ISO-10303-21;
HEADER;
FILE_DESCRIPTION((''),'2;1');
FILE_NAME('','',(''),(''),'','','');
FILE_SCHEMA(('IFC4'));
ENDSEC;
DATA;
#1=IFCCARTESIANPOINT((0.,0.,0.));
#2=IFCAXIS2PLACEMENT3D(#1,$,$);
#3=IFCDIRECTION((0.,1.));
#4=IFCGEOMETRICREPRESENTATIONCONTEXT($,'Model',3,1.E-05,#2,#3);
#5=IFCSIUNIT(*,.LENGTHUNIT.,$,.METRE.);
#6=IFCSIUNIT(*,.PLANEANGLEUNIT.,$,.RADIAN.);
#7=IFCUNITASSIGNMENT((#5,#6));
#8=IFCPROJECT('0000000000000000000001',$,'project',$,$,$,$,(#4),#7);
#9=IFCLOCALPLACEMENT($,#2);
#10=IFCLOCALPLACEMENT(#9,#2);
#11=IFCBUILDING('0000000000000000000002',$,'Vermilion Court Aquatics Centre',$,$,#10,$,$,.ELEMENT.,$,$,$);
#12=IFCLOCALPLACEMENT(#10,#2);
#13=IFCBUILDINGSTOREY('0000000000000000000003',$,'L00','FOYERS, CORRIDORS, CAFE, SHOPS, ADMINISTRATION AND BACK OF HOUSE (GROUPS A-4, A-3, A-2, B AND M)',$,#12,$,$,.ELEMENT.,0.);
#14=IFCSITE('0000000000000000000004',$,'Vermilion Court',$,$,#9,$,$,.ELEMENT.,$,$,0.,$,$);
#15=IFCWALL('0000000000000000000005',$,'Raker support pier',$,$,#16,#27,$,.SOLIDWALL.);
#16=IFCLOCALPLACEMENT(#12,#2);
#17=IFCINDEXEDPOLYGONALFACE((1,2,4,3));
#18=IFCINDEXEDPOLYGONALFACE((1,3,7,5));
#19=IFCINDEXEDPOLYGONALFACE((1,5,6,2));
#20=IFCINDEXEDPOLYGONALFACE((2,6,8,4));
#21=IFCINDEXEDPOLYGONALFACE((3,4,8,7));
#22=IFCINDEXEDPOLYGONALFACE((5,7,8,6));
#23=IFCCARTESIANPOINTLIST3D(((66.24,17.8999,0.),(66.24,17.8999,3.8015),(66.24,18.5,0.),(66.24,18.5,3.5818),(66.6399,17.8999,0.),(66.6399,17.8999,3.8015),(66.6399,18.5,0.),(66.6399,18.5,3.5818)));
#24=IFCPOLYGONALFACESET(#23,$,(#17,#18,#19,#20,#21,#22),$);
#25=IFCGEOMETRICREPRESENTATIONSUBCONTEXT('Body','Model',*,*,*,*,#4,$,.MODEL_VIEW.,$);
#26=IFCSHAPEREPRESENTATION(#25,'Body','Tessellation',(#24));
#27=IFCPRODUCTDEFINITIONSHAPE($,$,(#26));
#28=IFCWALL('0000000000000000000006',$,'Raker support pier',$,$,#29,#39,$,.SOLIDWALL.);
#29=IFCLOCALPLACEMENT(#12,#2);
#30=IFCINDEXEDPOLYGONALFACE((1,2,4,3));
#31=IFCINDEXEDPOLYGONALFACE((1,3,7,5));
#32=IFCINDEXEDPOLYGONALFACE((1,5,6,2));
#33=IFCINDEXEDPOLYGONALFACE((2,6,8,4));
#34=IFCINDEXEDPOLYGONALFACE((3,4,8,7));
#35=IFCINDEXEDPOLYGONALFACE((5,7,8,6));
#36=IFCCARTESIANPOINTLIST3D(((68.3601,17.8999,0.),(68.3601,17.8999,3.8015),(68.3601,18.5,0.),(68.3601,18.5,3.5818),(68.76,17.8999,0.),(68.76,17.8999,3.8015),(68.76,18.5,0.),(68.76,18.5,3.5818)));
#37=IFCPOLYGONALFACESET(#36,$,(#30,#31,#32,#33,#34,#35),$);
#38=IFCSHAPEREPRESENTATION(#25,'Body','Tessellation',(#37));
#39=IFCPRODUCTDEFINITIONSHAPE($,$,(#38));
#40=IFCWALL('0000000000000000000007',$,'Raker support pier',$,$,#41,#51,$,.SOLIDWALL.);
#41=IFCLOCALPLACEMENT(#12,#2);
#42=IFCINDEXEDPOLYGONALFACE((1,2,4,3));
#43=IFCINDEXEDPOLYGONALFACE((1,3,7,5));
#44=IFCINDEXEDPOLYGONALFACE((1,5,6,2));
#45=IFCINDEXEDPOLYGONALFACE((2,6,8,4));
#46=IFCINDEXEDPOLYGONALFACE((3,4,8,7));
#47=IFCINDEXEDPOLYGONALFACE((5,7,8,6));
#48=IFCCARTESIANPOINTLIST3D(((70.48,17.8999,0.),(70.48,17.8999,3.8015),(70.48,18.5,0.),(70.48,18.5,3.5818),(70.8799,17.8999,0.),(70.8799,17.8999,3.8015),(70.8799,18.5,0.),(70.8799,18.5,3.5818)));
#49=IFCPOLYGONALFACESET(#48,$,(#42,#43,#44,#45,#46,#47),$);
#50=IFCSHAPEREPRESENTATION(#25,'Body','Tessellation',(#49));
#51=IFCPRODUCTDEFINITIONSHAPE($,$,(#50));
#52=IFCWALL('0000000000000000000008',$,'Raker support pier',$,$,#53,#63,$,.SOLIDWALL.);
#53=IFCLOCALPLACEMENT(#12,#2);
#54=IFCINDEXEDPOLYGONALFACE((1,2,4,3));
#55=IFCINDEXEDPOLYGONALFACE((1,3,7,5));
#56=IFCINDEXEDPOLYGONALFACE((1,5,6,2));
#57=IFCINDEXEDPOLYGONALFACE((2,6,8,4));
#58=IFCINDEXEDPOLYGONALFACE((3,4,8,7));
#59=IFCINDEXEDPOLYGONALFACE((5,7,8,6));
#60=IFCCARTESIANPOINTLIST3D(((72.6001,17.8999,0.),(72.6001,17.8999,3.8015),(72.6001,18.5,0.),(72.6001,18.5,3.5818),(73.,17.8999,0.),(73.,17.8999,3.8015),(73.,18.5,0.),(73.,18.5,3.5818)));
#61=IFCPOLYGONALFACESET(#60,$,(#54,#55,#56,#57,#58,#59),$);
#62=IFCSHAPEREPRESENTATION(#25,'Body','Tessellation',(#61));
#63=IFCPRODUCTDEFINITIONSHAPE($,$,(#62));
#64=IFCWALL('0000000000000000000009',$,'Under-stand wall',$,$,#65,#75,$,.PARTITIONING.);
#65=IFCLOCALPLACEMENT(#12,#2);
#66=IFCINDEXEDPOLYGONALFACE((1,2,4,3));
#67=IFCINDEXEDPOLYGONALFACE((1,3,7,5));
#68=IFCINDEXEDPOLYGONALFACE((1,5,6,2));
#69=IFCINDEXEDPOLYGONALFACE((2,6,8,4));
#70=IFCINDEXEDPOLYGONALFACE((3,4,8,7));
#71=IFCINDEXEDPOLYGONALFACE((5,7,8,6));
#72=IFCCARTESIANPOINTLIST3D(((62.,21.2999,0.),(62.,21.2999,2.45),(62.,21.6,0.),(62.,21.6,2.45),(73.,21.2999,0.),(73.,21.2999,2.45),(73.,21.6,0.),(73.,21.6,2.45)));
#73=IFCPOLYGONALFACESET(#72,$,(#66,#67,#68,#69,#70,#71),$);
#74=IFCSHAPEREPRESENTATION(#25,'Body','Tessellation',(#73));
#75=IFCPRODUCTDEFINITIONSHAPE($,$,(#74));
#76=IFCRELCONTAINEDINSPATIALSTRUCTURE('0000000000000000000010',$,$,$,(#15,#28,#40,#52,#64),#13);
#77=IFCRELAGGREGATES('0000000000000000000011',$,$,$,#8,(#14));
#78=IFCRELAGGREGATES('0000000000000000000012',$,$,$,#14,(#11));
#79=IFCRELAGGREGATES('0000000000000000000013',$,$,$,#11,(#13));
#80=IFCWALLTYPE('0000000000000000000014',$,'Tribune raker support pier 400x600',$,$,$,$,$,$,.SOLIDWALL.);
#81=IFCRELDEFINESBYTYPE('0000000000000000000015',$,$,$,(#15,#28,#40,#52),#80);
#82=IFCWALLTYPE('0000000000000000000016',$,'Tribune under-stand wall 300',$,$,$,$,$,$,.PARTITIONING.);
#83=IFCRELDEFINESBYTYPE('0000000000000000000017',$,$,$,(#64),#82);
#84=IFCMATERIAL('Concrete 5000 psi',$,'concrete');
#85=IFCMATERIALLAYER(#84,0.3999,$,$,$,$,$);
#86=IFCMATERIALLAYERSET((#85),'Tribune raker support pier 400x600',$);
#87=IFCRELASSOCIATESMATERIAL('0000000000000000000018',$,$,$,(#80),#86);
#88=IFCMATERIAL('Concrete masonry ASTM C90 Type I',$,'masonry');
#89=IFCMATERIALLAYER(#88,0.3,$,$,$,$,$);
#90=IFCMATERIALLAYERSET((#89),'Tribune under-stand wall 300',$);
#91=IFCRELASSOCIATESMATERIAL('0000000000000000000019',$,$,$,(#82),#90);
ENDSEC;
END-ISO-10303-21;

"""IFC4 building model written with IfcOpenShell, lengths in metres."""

from ifc_helpers import new_model, si_unit, direction, frame, frame_2d, origin, place, context, subcontext, project, spatial, polyline, rectangle, outline, extrude, material, layer, layer_set, type_object, element, save


model = new_model("IFC4")

# Units and contexts
model_context = context("Model", 3, precision=1e-05, world=origin(), true_north=direction((0.0, 1.0)))
body_context = subcontext(model_context, "Body", "Model", "MODEL_VIEW")
ifc_project = project(units=[si_unit("LENGTHUNIT", "METRE"), si_unit("PLANEANGLEUNIT", "RADIAN")], contexts=[model_context])

# Site, building, storey
site_placement = place(None, origin())
site = spatial("IfcSite", under=ifc_project, at=site_placement, Name="Vermilion Court", CompositionType="ELEMENT", RefElevation=0.0)
building_placement = place(site_placement, origin())
building = spatial("IfcBuilding", under=site, at=building_placement, Name="Vermilion Court Aquatics Centre", CompositionType="ELEMENT")
storey_placement = place(building_placement, origin())
storey = spatial("IfcBuildingStorey", under=building, at=storey_placement, Name="L00", Description="FOYERS, CORRIDORS, CAFE, SHOPS, ADMINISTRATION AND BACK OF HOUSE (GROUPS A-4, A-3, A-2, B AND M)", CompositionType="ELEMENT", Elevation=0.0)

# Walls
ifc_material_1 = material(Name="Concrete 5000 psi", Category="concrete")
ifc_layer_1 = layer(ifc_material_1, 0.3999)
ifc_layer_set_1 = layer_set([ifc_layer_1], Name="Tribune raker support pier 400x600")
wall_type_1 = type_object("IfcWallType", Name="Tribune raker support pier 400x600", PredefinedType="SOLIDWALL", material=ifc_layer_set_1)
for number, where, z_axis, x_axis, name in (
    (1, (66.4399, 18.5, 0.0), (0.0, 0.0, 1.0), (0.0, -1.0, 0.0), "Raker support pier"),
    (2, (68.5601, 18.5, 0.0), (0.0, 0.0, 1.0), (0.0, -1.0, 0.0), "Raker support pier"),
    (3, (70.6799, 18.5, 0.0), (0.0, 0.0, 1.0), (0.0, -1.0, 0.0), "Raker support pier"),
    (4, (72.8, 18.5, 0.0), (0.0, 0.0, 1.0), (0.0, -1.0, 0.0), "Raker support pier"),
):
    element("IfcWall", number, at=place(storey_placement, frame(where, z_axis=z_axis, x_axis=x_axis)), inside=storey, type_object=wall_type_1, Name=name, PredefinedType="SOLIDWALL", context=body_context, shape_type="SweptSolid", body=[
        extrude(outline(polyline([(0.0, 0.0), (0.6001, 0.0), (0.6001, 3.8015), (0.0, 3.5818), (0.0, 0.0)])), frame((0.0, 0.2, 0.0), z_axis=(0.0, -1.0, 0.0), x_axis=(1.0, 0.0, 0.0)), (0.0, 0.0, 1.0), 0.3999),
    ])
ifc_material_2 = material(Name="Concrete masonry ASTM C90 Type I", Category="masonry")
ifc_layer_2 = layer(ifc_material_2, 0.3)
ifc_layer_set_2 = layer_set([ifc_layer_2], Name="Tribune under-stand wall 300")
wall_type_2 = type_object("IfcWallType", Name="Tribune under-stand wall 300", PredefinedType="PARTITIONING", material=ifc_layer_set_2)
wall_1_placement = place(storey_placement, frame((62.0, 21.45, 0.0), z_axis=(0.0, 0.0, 1.0), x_axis=(1.0, 0.0, 0.0)))
element("IfcWall", 5, at=wall_1_placement, inside=storey, type_object=wall_type_2, Name="Under-stand wall", PredefinedType="PARTITIONING", context=body_context, shape_type="SweptSolid", body=[
    extrude(rectangle(XDim=11.0, YDim=0.3, at=frame_2d((5.5, 0.0))), origin(), (0.0, 0.0, 1.0), 2.45),
])

save(model, "model.ifc")
